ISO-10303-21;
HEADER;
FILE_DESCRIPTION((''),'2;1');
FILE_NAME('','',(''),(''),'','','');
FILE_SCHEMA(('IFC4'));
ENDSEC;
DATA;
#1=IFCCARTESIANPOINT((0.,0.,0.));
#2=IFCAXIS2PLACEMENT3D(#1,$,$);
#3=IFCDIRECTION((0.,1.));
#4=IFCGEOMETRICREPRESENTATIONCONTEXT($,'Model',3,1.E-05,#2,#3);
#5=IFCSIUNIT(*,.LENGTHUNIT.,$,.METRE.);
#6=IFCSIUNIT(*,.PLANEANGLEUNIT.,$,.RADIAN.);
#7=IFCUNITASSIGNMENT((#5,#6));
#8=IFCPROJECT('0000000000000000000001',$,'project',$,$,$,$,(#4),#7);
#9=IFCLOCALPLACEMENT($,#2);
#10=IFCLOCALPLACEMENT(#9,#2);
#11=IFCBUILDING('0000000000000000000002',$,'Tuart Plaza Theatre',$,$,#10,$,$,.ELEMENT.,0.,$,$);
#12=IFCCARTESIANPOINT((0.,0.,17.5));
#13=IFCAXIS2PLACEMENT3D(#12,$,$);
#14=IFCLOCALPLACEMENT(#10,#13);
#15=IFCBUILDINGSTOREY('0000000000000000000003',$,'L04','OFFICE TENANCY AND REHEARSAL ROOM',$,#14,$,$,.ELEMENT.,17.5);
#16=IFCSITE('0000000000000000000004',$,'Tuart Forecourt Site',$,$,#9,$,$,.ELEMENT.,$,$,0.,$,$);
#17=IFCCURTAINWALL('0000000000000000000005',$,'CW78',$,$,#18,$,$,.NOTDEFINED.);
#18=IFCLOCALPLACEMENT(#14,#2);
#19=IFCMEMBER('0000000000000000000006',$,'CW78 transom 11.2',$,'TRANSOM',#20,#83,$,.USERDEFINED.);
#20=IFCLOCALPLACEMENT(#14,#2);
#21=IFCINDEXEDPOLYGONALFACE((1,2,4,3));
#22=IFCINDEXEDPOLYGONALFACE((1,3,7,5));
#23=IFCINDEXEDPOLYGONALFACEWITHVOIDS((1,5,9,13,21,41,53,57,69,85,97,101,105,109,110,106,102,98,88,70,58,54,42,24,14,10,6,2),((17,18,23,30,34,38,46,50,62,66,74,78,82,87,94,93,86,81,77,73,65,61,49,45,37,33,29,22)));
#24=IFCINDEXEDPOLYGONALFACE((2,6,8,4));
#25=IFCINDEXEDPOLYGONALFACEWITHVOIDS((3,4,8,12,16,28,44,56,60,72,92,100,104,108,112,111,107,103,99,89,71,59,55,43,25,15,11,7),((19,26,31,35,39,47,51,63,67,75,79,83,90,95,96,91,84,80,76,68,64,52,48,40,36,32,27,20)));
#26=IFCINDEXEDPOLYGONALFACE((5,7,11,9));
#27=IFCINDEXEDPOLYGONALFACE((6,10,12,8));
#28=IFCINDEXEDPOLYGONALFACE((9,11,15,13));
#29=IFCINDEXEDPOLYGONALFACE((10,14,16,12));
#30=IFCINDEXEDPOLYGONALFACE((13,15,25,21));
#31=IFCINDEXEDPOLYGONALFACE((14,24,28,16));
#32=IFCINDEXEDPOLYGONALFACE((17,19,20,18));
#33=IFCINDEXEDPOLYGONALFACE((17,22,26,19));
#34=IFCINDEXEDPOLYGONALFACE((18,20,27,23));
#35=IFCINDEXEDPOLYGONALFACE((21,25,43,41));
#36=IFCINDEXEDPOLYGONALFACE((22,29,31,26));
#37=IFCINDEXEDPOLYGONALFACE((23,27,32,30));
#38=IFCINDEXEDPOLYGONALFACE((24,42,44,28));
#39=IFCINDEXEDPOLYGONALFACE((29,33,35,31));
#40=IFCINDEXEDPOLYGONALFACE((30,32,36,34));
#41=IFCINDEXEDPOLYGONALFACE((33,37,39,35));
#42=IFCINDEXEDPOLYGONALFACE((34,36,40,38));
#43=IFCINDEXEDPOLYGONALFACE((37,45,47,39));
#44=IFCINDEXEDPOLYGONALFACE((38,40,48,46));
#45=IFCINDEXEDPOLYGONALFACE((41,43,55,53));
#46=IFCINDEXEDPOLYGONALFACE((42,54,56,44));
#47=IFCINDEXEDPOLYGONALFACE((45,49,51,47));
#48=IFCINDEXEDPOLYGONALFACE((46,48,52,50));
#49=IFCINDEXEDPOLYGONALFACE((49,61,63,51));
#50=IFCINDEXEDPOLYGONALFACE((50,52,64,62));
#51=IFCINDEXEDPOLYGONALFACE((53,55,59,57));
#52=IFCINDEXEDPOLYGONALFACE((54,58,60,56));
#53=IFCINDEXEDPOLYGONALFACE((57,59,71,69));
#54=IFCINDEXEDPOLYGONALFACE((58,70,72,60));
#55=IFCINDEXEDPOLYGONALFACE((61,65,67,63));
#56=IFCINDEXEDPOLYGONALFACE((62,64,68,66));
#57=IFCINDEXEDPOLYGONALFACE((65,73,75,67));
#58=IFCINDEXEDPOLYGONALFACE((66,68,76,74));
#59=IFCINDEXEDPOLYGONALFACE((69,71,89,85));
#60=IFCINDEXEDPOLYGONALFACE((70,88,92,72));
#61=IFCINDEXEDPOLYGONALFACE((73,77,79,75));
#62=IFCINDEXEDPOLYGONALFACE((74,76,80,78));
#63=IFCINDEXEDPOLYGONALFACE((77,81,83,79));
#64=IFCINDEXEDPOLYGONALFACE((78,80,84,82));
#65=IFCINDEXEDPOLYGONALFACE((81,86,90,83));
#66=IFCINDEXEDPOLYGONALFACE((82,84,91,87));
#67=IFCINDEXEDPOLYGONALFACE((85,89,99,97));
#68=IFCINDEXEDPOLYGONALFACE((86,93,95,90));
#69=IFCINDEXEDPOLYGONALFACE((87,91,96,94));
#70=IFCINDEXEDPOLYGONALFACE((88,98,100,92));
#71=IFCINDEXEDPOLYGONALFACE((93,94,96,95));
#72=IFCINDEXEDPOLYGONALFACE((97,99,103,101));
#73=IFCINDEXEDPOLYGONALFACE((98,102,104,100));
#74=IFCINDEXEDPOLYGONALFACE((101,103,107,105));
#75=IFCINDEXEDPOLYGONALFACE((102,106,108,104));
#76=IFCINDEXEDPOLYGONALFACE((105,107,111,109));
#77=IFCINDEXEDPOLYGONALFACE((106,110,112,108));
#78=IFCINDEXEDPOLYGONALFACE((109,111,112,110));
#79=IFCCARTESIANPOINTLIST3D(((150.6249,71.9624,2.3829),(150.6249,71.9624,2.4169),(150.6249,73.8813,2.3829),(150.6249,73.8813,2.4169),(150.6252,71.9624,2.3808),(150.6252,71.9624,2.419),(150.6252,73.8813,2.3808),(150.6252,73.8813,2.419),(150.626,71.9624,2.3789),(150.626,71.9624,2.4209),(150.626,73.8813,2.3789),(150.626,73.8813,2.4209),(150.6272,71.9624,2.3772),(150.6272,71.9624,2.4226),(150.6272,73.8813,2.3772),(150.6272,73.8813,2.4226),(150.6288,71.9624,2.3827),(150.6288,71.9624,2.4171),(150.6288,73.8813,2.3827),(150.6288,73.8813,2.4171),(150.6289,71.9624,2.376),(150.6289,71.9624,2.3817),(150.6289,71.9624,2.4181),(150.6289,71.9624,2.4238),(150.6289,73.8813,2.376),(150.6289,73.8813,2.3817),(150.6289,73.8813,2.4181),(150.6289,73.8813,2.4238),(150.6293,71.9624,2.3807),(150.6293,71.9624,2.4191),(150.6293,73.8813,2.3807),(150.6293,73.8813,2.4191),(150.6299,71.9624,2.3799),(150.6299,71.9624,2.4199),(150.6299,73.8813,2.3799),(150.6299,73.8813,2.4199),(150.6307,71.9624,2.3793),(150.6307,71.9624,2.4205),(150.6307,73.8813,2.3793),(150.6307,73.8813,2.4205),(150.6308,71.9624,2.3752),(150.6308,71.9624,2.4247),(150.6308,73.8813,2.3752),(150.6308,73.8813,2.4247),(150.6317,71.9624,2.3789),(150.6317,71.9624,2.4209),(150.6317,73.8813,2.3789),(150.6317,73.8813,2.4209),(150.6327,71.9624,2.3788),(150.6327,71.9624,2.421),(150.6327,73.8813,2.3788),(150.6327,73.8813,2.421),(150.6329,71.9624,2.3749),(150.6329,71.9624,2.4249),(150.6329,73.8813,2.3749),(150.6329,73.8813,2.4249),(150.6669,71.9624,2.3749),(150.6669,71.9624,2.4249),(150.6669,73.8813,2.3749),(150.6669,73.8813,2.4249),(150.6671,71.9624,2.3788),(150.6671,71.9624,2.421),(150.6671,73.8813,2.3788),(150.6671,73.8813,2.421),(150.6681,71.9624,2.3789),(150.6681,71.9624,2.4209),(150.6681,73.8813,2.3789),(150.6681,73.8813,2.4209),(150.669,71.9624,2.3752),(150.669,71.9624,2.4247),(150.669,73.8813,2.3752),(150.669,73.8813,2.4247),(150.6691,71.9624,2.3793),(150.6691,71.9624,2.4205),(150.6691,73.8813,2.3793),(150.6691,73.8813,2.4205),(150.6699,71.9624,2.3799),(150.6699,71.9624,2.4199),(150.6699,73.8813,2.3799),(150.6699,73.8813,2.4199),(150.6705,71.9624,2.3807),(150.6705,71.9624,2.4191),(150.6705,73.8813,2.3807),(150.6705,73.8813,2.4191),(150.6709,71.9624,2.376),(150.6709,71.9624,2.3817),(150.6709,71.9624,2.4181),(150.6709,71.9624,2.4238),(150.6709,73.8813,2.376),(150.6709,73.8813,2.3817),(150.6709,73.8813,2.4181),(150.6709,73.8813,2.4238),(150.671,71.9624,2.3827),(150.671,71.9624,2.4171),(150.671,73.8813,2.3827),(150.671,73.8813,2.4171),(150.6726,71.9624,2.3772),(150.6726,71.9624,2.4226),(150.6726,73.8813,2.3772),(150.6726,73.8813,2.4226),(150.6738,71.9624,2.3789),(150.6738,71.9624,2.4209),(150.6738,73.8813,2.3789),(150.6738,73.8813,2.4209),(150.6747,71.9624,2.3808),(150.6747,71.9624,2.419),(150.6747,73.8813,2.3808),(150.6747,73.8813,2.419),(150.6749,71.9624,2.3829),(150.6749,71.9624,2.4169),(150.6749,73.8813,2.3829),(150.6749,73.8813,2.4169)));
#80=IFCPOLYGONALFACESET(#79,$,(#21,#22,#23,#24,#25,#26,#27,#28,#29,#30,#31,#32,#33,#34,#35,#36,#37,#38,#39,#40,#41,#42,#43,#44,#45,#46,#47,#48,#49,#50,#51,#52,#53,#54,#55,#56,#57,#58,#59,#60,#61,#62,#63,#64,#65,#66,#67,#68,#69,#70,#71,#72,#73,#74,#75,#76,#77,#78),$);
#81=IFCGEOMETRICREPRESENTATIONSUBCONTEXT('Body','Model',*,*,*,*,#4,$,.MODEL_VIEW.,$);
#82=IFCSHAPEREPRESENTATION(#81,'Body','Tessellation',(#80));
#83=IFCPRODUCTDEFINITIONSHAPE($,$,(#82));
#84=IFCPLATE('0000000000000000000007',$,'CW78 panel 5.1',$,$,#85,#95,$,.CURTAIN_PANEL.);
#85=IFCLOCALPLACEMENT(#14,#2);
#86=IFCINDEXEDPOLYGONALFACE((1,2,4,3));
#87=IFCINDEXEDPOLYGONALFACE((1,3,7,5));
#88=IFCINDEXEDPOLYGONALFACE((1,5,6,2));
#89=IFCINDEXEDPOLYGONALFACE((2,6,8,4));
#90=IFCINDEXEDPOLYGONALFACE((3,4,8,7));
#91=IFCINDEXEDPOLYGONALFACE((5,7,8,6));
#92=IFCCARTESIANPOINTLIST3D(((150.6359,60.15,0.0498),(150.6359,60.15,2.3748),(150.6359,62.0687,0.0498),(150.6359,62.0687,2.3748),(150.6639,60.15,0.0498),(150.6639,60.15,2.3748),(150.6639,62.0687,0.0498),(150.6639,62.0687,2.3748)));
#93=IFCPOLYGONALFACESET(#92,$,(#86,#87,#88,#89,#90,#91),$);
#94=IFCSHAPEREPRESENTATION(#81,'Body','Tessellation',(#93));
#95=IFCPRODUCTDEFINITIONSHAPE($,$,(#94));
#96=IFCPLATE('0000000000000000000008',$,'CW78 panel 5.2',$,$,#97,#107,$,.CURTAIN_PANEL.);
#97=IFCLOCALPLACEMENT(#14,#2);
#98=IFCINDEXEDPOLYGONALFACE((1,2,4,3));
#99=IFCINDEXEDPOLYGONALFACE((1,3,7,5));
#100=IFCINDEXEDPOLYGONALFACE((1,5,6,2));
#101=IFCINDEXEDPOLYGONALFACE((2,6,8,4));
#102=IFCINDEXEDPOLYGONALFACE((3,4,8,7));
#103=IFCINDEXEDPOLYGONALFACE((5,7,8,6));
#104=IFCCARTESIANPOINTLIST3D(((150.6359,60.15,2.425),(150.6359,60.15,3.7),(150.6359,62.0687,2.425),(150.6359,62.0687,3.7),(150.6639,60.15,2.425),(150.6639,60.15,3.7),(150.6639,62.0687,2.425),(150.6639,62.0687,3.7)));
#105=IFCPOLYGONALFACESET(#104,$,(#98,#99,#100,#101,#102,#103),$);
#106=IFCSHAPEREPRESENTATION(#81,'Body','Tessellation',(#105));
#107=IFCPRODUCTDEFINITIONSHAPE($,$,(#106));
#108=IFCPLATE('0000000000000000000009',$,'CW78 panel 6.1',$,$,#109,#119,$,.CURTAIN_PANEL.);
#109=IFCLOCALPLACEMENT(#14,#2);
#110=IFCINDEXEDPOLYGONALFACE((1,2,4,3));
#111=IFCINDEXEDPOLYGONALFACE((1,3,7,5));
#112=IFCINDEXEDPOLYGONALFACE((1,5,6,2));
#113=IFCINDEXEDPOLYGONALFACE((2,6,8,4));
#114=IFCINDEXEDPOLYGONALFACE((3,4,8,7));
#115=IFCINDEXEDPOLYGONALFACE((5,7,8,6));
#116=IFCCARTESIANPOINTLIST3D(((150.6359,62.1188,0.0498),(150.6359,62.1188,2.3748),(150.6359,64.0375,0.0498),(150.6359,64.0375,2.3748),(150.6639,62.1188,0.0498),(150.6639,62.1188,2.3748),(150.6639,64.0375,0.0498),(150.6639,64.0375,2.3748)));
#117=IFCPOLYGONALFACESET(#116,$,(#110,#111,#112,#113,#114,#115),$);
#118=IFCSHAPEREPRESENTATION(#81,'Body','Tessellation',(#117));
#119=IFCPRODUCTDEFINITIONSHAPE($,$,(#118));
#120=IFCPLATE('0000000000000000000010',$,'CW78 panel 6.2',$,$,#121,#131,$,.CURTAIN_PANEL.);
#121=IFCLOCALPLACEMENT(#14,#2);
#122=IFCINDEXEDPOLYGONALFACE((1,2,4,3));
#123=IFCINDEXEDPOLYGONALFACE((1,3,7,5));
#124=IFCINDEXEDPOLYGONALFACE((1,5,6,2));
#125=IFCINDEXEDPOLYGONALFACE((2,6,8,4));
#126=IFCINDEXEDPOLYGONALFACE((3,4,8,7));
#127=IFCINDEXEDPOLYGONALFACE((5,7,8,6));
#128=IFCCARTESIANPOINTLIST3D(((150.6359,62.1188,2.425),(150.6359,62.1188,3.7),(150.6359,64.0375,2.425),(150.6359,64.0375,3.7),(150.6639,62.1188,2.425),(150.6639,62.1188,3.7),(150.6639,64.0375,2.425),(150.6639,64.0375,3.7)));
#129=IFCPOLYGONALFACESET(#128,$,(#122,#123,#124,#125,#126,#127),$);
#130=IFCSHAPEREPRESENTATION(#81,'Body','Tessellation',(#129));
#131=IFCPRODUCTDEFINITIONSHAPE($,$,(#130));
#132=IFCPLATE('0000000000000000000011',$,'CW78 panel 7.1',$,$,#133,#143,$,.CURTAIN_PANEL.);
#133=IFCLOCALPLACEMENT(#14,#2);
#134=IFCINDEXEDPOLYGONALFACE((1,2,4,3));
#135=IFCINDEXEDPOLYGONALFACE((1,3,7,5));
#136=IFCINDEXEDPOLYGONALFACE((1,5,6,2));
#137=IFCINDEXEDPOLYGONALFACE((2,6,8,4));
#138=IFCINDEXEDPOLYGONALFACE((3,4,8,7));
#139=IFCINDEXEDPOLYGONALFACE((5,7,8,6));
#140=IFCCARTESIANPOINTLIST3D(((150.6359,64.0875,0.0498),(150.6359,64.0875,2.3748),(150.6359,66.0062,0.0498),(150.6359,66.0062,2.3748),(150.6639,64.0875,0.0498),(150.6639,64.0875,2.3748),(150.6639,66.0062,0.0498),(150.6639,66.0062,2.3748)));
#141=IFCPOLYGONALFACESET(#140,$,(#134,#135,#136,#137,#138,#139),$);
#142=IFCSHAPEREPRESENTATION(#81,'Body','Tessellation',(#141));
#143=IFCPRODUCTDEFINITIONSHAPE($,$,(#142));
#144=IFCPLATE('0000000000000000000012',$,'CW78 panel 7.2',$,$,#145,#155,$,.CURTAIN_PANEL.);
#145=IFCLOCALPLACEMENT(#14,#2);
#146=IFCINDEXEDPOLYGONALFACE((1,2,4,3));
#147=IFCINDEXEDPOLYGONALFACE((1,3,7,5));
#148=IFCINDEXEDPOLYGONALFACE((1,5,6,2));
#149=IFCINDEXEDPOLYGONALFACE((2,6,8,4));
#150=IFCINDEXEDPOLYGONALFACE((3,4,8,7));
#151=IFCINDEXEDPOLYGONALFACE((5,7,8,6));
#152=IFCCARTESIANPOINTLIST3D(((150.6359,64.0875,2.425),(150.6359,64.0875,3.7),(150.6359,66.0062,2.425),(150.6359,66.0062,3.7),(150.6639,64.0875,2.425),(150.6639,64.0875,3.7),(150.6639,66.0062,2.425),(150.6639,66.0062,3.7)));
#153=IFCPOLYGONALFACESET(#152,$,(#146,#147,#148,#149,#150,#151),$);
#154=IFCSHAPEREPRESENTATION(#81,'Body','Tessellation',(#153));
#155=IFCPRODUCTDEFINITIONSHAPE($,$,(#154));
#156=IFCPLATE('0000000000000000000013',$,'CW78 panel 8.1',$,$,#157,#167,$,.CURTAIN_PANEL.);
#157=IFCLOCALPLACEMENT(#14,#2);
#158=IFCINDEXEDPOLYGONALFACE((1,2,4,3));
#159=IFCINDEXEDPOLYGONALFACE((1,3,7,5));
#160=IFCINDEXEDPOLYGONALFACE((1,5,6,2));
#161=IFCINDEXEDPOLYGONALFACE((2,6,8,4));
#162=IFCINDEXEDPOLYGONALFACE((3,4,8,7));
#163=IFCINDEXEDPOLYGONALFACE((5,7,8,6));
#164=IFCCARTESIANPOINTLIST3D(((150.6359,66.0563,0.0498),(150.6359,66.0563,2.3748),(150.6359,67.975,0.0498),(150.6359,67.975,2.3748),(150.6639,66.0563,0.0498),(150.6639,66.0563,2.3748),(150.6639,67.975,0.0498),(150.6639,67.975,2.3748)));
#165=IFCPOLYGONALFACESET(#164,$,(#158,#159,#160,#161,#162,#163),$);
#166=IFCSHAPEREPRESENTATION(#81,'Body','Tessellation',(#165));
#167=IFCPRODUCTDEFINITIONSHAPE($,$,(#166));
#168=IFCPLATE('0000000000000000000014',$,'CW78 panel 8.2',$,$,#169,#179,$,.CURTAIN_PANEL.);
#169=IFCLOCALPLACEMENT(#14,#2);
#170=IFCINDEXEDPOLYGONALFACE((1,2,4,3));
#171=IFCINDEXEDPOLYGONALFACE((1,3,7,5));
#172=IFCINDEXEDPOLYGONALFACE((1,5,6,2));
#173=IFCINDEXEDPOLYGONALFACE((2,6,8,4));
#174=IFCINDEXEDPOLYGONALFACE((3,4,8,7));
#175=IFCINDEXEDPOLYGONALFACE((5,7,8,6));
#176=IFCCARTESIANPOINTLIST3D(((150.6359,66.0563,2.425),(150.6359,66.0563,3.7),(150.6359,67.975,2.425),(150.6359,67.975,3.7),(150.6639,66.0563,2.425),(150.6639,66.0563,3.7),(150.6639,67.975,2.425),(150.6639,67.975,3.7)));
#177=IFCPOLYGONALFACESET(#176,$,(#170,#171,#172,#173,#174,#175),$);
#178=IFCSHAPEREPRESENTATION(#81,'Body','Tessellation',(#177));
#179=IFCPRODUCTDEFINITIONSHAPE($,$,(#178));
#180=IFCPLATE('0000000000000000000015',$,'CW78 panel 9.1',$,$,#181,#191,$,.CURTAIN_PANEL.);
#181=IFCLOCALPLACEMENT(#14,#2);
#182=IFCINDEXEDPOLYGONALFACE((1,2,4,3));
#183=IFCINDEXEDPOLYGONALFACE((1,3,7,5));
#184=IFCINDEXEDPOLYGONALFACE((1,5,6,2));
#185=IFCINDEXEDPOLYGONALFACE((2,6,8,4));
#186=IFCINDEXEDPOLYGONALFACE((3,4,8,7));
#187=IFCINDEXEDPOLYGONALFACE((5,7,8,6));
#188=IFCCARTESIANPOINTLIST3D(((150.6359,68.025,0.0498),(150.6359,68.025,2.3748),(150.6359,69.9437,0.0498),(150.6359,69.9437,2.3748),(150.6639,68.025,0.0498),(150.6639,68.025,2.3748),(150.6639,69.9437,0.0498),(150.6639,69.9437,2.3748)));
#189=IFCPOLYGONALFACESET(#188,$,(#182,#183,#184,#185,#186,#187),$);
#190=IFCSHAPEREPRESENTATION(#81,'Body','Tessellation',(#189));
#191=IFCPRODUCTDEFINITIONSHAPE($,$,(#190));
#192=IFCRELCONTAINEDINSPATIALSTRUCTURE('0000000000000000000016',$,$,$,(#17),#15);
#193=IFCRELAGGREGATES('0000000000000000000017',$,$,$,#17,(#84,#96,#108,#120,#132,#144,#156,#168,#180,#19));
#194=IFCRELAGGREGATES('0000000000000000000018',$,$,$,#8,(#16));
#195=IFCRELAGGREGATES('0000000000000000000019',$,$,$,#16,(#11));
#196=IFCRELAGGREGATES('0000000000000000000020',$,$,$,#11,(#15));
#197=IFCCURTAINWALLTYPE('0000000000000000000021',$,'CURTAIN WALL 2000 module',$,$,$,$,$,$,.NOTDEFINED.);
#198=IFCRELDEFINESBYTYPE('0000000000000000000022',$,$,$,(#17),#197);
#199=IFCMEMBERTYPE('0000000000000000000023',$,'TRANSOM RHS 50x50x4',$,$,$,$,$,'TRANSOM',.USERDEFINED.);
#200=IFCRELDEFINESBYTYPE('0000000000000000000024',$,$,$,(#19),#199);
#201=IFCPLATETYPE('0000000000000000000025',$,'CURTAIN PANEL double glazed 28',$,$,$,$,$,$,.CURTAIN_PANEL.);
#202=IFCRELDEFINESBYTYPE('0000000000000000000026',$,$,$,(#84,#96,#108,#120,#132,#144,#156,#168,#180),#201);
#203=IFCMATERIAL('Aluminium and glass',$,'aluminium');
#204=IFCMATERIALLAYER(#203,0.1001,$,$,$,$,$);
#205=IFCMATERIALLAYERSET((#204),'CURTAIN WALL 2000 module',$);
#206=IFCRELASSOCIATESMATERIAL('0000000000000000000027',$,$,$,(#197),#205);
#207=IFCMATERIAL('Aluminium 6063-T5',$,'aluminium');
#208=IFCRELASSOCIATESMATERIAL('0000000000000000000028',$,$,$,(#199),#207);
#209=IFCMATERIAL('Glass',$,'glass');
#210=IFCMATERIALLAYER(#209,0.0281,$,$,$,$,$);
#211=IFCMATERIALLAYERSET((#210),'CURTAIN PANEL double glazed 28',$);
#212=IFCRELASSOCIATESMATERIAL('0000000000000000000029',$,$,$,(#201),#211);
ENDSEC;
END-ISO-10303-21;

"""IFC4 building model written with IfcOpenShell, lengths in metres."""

from ifc_helpers import new_model, si_unit, direction, frame, origin, origin_2d, place, context, subcontext, project, spatial, rectangle, hollow_rectangle, extrude, material, layer, layer_set, material_profile, profile_set, type_object, element, aggregate, save


model = new_model("IFC4")

# Units and contexts
model_context = context("Model", 3, precision=1e-05, world=origin(), true_north=direction((0.0, 1.0)))
body_context = subcontext(model_context, "Body", "Model", "MODEL_VIEW")
ifc_project = project(units=[si_unit("LENGTHUNIT", "METRE"), si_unit("PLANEANGLEUNIT", "RADIAN")], contexts=[model_context])

# Site, building, storey
site_placement = place(None, origin())
site = spatial("IfcSite", under=ifc_project, at=site_placement, Name="Tuart Forecourt Site", CompositionType="ELEMENT", RefElevation=0.0)
building_placement = place(site_placement, origin())
building = spatial("IfcBuilding", under=site, at=building_placement, Name="Tuart Plaza Theatre", CompositionType="ELEMENT", ElevationOfRefHeight=0.0)
storey_placement = place(building_placement, frame((0.0, 0.0, 17.5)))
storey = spatial("IfcBuildingStorey", under=building, at=storey_placement, Name="L04", Description="OFFICE TENANCY AND REHEARSAL ROOM", CompositionType="ELEMENT", Elevation=17.5)

# Curtain wall, member, plates
ifc_material_1 = material(Name="Aluminium and glass", Category="aluminium")
ifc_layer_1 = layer(ifc_material_1, 0.1001)
ifc_layer_set_1 = layer_set([ifc_layer_1], Name="CURTAIN WALL 2000 module")
curtain_wall_type = type_object("IfcCurtainWallType", Name="CURTAIN WALL 2000 module", PredefinedType="NOTDEFINED", material=ifc_layer_set_1)
curtain_wall_placement = place(storey_placement, origin())
curtain_wall = element("IfcCurtainWall", 1, at=curtain_wall_placement, inside=storey, type_object=curtain_wall_type, Name="CW78", PredefinedType="NOTDEFINED")
ifc_material_2 = material(Name="Aluminium 6063-T5", Category="aluminium")
ifc_material_profile_1 = material_profile(ifc_material_2, hollow_rectangle(XDim=0.05, YDim=0.05, WallThickness=0.0039, InnerFilletRadius=0.0039, OuterFilletRadius=0.0081, at=origin_2d()), Name="RHS 50x50x4")
ifc_profile_set_1 = profile_set([ifc_material_profile_1], Name="Aluminium 6063-T5")
member_type_1 = type_object("IfcMemberType", Name="TRANSOM RHS 50x50x4", ElementType="TRANSOM", PredefinedType="USERDEFINED", material=ifc_profile_set_1)
member_1_placement = place(storey_placement, frame((150.6499, 71.9624, 2.3999), z_axis=(0.0, 1.0, 0.0), x_axis=(-1.0, 0.0, 0.0)))
member_1 = element("IfcMember", 2, at=member_1_placement, type_object=member_type_1, Name="CW78 transom 11.2", ObjectType="TRANSOM", PredefinedType="USERDEFINED", context=body_context, shape_type="SweptSolid", body=[
    extrude(hollow_rectangle(XDim=0.05, YDim=0.05, WallThickness=0.0039, InnerFilletRadius=0.0039, OuterFilletRadius=0.0081, at=origin_2d()), origin(), (0.0, 0.0, 1.0), 1.9189),
])
ifc_material_3 = material(Name="Glass", Category="glass")
ifc_layer_2 = layer(ifc_material_3, 0.0281)
ifc_layer_set_2 = layer_set([ifc_layer_2], Name="CURTAIN PANEL double glazed 28")
plate_type = type_object("IfcPlateType", Name="CURTAIN PANEL double glazed 28", PredefinedType="CURTAIN_PANEL", material=ifc_layer_set_2)
plate_1_placement = place(storey_placement, frame((150.6499, 61.1094, 0.0498), z_axis=(0.0, 0.0, 1.0), x_axis=(0.0, 1.0, 0.0)))
plate_1 = element("IfcPlate", 3, at=plate_1_placement, type_object=plate_type, Name="CW78 panel 5.1", PredefinedType="CURTAIN_PANEL", context=body_context, shape_type="SweptSolid", body=[
    extrude(rectangle(XDim=1.9187, YDim=0.0281, at=origin_2d()), origin(), (0.0, 0.0, 1.0), 2.325),
])
plate_2_placement = place(storey_placement, frame((150.6499, 61.1094, 2.425), z_axis=(0.0, 0.0, 1.0), x_axis=(0.0, 1.0, 0.0)))
plate_2 = element("IfcPlate", 4, at=plate_2_placement, type_object=plate_type, Name="CW78 panel 5.2", PredefinedType="CURTAIN_PANEL", context=body_context, shape_type="SweptSolid", body=[
    extrude(rectangle(XDim=1.9187, YDim=0.0281, at=origin_2d()), origin(), (0.0, 0.0, 1.0), 1.2749),
])
plate_3_placement = place(storey_placement, frame((150.6499, 63.0781, 0.0498), z_axis=(0.0, 0.0, 1.0), x_axis=(0.0, 1.0, 0.0)))
plate_3 = element("IfcPlate", 5, at=plate_3_placement, type_object=plate_type, Name="CW78 panel 6.1", PredefinedType="CURTAIN_PANEL", context=body_context, shape_type="SweptSolid", body=[
    extrude(rectangle(XDim=1.9187, YDim=0.0281, at=origin_2d()), origin(), (0.0, 0.0, 1.0), 2.325),
])
plate_4_placement = place(storey_placement, frame((150.6499, 63.0781, 2.425), z_axis=(0.0, 0.0, 1.0), x_axis=(0.0, 1.0, 0.0)))
plate_4 = element("IfcPlate", 6, at=plate_4_placement, type_object=plate_type, Name="CW78 panel 6.2", PredefinedType="CURTAIN_PANEL", context=body_context, shape_type="SweptSolid", body=[
    extrude(rectangle(XDim=1.9187, YDim=0.0281, at=origin_2d()), origin(), (0.0, 0.0, 1.0), 1.2749),
])
plate_5_placement = place(storey_placement, frame((150.6499, 65.0469, 0.0498), z_axis=(0.0, 0.0, 1.0), x_axis=(0.0, 1.0, 0.0)))
plate_5 = element("IfcPlate", 7, at=plate_5_placement, type_object=plate_type, Name="CW78 panel 7.1", PredefinedType="CURTAIN_PANEL", context=body_context, shape_type="SweptSolid", body=[
    extrude(rectangle(XDim=1.9187, YDim=0.0281, at=origin_2d()), origin(), (0.0, 0.0, 1.0), 2.325),
])
plate_6_placement = place(storey_placement, frame((150.6499, 65.0469, 2.425), z_axis=(0.0, 0.0, 1.0), x_axis=(0.0, 1.0, 0.0)))
plate_6 = element("IfcPlate", 8, at=plate_6_placement, type_object=plate_type, Name="CW78 panel 7.2", PredefinedType="CURTAIN_PANEL", context=body_context, shape_type="SweptSolid", body=[
    extrude(rectangle(XDim=1.9187, YDim=0.0281, at=origin_2d()), origin(), (0.0, 0.0, 1.0), 1.2749),
])
plate_7_placement = place(storey_placement, frame((150.6499, 67.0156, 0.0498), z_axis=(0.0, 0.0, 1.0), x_axis=(0.0, 1.0, 0.0)))
plate_7 = element("IfcPlate", 9, at=plate_7_placement, type_object=plate_type, Name="CW78 panel 8.1", PredefinedType="CURTAIN_PANEL", context=body_context, shape_type="SweptSolid", body=[
    extrude(rectangle(XDim=1.9187, YDim=0.0281, at=origin_2d()), origin(), (0.0, 0.0, 1.0), 2.325),
])
plate_8_placement = place(storey_placement, frame((150.6499, 67.0156, 2.425), z_axis=(0.0, 0.0, 1.0), x_axis=(0.0, 1.0, 0.0)))
plate_8 = element("IfcPlate", 10, at=plate_8_placement, type_object=plate_type, Name="CW78 panel 8.2", PredefinedType="CURTAIN_PANEL", context=body_context, shape_type="SweptSolid", body=[
    extrude(rectangle(XDim=1.9187, YDim=0.0281, at=origin_2d()), origin(), (0.0, 0.0, 1.0), 1.2749),
])
plate_9_placement = place(storey_placement, frame((150.6499, 68.9844, 0.0498), z_axis=(0.0, 0.0, 1.0), x_axis=(0.0, 1.0, 0.0)))
plate_9 = element("IfcPlate", 11, at=plate_9_placement, type_object=plate_type, Name="CW78 panel 9.1", PredefinedType="CURTAIN_PANEL", context=body_context, shape_type="SweptSolid", body=[
    extrude(rectangle(XDim=1.9187, YDim=0.0281, at=origin_2d()), origin(), (0.0, 0.0, 1.0), 2.325),
])
aggregate(curtain_wall, [plate_1, plate_2, plate_3, plate_4, plate_5, plate_6, plate_7, plate_8, plate_9, member_1])

save(model, "model.ifc")
